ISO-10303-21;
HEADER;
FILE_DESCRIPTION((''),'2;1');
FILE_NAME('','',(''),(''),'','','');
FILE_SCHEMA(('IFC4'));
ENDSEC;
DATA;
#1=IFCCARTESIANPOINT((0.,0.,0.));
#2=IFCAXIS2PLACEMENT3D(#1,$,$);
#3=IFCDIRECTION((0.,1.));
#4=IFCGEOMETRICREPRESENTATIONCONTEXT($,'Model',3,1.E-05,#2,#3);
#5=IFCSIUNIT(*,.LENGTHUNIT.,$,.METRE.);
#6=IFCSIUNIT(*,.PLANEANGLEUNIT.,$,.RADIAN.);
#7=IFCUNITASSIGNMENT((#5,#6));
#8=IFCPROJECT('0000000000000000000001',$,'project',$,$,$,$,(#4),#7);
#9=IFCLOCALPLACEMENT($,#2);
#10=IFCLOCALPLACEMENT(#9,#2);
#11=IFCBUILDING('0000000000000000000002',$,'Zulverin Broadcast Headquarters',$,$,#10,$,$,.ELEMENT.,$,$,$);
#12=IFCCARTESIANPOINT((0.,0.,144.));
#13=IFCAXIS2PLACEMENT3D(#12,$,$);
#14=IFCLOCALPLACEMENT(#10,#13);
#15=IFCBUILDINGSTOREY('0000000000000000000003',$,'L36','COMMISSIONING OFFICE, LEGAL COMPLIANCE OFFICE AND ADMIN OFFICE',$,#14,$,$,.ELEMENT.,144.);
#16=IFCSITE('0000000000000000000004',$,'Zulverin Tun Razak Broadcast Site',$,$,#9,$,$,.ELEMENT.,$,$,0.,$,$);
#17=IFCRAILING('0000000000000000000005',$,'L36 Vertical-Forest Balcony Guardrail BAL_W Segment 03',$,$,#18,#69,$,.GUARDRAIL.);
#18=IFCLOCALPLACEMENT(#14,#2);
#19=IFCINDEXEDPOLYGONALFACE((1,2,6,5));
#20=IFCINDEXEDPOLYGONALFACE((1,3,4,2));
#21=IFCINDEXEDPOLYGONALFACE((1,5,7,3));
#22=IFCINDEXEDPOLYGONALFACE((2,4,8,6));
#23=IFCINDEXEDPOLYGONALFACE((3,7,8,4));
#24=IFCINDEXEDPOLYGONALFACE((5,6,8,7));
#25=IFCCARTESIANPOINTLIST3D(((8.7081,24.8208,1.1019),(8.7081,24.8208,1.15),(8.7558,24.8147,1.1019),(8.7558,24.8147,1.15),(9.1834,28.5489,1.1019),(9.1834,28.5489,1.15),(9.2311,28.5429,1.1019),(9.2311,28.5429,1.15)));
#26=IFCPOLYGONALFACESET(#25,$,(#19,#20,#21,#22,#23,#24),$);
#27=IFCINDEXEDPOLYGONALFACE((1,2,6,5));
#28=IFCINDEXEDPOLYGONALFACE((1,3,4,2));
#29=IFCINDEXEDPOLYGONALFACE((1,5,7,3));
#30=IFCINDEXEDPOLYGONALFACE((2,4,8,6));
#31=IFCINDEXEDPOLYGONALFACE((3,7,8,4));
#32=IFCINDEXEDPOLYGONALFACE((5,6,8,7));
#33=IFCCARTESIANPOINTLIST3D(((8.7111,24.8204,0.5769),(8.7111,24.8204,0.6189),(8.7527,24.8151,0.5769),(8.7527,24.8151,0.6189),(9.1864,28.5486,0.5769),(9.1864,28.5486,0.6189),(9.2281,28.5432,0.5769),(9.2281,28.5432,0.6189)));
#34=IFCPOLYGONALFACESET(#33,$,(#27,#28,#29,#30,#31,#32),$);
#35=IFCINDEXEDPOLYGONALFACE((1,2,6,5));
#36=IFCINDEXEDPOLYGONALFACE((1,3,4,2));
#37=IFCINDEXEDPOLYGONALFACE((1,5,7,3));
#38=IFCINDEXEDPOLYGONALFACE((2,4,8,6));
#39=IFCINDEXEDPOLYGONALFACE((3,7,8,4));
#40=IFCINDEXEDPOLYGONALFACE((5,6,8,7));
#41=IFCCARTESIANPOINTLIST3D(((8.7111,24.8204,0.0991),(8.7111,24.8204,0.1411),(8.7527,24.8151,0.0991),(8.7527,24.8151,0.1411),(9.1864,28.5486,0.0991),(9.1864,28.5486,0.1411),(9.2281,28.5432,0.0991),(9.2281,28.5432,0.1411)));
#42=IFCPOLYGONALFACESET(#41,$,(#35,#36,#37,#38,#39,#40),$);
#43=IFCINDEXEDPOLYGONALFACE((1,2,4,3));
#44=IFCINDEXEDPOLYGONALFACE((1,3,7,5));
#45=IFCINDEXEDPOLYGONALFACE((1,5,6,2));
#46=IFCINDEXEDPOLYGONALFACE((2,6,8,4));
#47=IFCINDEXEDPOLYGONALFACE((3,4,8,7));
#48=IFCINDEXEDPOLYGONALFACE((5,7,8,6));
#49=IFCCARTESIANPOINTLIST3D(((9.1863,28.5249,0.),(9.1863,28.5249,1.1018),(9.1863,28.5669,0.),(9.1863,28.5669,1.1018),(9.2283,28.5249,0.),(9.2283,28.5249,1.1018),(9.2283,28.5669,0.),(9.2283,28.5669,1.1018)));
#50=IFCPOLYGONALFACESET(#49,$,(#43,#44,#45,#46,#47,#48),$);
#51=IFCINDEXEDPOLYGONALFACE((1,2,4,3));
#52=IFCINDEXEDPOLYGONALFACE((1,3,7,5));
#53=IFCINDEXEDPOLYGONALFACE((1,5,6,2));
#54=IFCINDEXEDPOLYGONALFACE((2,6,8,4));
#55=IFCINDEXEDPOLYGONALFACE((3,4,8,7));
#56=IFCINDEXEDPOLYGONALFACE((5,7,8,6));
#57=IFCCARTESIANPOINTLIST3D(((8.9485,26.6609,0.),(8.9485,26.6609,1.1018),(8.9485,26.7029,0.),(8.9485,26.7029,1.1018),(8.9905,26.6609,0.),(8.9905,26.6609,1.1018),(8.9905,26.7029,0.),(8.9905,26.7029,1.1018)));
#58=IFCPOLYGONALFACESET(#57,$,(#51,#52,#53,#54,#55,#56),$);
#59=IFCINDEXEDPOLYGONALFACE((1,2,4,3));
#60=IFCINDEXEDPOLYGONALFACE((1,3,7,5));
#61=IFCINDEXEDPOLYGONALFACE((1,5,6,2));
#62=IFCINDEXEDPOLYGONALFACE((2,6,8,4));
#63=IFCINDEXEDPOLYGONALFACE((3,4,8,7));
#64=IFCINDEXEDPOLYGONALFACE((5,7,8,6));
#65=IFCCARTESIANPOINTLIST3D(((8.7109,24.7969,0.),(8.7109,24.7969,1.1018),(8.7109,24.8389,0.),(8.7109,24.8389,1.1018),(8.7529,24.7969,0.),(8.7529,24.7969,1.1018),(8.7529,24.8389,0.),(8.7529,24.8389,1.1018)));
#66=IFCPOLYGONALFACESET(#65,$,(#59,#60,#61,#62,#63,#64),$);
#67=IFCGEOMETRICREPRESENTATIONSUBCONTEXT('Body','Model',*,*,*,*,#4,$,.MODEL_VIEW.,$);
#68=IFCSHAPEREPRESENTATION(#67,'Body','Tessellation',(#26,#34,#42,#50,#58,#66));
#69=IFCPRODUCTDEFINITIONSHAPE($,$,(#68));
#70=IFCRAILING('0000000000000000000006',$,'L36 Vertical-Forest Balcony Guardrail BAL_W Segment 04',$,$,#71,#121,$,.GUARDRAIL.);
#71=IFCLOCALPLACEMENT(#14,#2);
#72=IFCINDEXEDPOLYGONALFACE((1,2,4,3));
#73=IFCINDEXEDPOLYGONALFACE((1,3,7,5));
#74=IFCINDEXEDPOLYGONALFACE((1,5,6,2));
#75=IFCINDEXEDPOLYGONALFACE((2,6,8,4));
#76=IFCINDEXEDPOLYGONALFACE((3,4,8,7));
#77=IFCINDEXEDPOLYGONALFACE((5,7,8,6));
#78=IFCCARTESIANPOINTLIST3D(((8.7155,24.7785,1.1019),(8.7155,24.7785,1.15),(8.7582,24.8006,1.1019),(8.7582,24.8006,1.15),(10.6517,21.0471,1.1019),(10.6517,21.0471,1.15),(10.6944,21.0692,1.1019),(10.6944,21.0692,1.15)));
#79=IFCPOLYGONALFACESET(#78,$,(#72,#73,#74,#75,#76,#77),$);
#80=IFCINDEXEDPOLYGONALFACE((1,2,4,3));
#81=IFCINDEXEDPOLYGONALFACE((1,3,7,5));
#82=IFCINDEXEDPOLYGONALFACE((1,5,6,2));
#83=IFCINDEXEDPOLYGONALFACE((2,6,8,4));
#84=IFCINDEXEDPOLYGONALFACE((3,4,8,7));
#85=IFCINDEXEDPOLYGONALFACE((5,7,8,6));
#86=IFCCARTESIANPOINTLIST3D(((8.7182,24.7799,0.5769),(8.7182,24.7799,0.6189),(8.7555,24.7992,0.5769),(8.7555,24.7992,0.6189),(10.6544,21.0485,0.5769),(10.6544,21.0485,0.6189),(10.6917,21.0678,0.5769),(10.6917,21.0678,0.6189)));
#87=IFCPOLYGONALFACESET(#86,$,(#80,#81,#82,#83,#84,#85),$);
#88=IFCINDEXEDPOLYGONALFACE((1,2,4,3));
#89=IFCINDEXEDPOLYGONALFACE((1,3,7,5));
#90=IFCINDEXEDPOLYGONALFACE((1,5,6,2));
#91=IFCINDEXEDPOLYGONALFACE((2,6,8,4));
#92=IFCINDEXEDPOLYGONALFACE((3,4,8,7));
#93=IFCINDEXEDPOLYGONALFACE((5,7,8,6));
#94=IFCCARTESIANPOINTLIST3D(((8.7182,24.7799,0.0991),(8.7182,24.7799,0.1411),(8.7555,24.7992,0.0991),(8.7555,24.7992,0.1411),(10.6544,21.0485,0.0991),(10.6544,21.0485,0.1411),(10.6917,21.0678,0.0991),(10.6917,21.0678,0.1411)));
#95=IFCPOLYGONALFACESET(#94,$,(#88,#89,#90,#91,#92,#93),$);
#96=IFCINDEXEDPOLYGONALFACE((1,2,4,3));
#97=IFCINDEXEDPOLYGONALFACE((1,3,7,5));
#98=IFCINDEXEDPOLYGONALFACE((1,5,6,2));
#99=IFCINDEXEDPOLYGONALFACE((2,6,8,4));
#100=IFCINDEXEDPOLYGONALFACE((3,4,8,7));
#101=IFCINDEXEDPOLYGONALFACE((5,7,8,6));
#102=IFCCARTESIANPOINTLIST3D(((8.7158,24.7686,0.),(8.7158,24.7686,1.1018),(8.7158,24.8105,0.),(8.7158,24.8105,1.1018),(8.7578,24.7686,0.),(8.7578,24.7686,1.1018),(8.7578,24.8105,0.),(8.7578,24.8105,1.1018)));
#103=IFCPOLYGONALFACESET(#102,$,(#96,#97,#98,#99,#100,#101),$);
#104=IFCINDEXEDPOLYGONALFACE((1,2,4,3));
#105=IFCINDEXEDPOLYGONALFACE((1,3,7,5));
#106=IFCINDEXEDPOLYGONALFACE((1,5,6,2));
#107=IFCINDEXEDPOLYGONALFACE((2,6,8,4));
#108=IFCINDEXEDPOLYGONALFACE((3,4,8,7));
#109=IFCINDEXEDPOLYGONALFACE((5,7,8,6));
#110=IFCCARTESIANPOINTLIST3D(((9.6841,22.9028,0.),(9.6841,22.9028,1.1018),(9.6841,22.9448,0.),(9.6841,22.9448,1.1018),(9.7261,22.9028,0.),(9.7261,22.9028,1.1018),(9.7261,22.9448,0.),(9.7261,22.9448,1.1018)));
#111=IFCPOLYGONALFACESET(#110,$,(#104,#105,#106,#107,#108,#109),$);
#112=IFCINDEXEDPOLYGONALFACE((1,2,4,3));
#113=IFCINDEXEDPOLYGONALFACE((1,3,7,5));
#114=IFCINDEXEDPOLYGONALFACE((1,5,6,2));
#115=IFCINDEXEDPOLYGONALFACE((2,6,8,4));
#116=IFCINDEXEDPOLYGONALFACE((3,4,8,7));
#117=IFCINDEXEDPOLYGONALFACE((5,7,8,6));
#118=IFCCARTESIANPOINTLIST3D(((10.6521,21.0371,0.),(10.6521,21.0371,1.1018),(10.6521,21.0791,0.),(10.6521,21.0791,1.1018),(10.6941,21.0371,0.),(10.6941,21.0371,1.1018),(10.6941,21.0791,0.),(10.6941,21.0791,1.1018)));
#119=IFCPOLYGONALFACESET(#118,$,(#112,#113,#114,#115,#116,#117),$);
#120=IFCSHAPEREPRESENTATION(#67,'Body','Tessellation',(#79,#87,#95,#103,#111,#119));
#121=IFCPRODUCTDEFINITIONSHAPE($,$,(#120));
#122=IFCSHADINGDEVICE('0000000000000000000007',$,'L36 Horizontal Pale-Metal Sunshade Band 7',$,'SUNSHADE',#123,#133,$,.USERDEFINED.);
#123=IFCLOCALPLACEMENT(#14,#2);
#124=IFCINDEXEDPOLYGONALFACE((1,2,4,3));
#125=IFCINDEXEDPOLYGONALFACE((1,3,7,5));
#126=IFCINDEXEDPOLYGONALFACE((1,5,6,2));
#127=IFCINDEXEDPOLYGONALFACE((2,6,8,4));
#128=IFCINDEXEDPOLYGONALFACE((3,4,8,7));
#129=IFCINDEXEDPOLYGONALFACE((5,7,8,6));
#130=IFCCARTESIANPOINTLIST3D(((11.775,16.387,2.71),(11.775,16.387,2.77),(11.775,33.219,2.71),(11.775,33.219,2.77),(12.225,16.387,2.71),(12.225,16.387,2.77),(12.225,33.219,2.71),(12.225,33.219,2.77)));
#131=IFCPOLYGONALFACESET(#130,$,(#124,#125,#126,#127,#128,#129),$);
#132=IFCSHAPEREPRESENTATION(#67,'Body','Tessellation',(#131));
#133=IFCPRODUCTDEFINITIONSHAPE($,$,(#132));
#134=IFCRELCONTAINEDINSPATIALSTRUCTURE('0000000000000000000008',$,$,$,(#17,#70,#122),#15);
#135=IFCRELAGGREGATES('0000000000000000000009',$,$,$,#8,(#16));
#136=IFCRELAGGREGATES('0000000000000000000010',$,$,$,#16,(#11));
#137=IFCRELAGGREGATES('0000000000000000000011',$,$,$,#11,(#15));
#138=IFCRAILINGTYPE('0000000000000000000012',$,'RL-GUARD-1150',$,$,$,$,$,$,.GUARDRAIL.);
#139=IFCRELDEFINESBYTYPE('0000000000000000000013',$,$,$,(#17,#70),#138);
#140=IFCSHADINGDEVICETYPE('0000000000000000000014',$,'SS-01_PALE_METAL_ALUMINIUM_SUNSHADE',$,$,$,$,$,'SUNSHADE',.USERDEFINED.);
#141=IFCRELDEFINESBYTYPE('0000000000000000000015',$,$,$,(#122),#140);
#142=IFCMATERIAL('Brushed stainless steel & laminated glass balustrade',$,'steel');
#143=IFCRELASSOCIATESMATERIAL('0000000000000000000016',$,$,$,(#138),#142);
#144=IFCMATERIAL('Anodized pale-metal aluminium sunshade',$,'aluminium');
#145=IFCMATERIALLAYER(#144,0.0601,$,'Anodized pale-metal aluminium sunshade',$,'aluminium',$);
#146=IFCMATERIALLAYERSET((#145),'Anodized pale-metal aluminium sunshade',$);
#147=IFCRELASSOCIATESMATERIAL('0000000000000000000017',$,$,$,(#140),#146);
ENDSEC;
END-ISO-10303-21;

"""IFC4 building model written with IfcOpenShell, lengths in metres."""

from ifc_helpers import new_model, si_unit, direction, frame, origin, origin_2d, place, context, subcontext, project, spatial, rectangle, extrude, material, layer, layer_set, type_object, element, save


model = new_model("IFC4")

# Units and contexts
model_context = context("Model", 3, precision=1e-05, world=origin(), true_north=direction((0.0, 1.0)))
body_context = subcontext(model_context, "Body", "Model", "MODEL_VIEW")
ifc_project = project(units=[si_unit("LENGTHUNIT", "METRE"), si_unit("PLANEANGLEUNIT", "RADIAN")], contexts=[model_context])

# Site, building, storey
site_placement = place(None, origin())
site = spatial("IfcSite", under=ifc_project, at=site_placement, Name="Zulverin Tun Razak Broadcast Site", CompositionType="ELEMENT", RefElevation=0.0)
building_placement = place(site_placement, origin())
building = spatial("IfcBuilding", under=site, at=building_placement, Name="Zulverin Broadcast Headquarters", CompositionType="ELEMENT")
storey_placement = place(building_placement, frame((0.0, 0.0, 144.0)))
storey = spatial("IfcBuildingStorey", under=building, at=storey_placement, Name="L36", Description="COMMISSIONING OFFICE, LEGAL COMPLIANCE OFFICE AND ADMIN OFFICE", CompositionType="ELEMENT", Elevation=144.0)

# Railings
ifc_material_1 = material(Name="Brushed stainless steel & laminated glass balustrade", Category="steel")
railing_type = type_object("IfcRailingType", Name="RL-GUARD-1150", PredefinedType="GUARDRAIL", material=ifc_material_1)
railing_1_placement = place(storey_placement, frame((9.2073, 28.5459, 0.0)))
element("IfcRailing", 1, at=railing_1_placement, inside=storey, type_object=railing_type, Name="L36 Vertical-Forest Balcony Guardrail BAL_W Segment 03", PredefinedType="GUARDRAIL", context=body_context, shape_type="SweptSolid", body=[
    extrude(rectangle(XDim=0.0481, YDim=0.0481, at=origin_2d()), frame((0.0, 0.0, 1.126), z_axis=(-0.126481, -0.991969, 0.0), x_axis=(0.991969, -0.126481, 0.0)), (0.0, 0.0, 1.0), 3.7583),
    extrude(rectangle(XDim=0.042, YDim=0.042, at=origin_2d()), frame((0.0, 0.0, 0.5979), z_axis=(-0.126481, -0.991969, 0.0), x_axis=(0.991969, -0.126481, 0.0)), (0.0, 0.0, 1.0), 3.7583),
    extrude(rectangle(XDim=0.042, YDim=0.042, at=origin_2d()), frame((0.0, 0.0, 0.1201), z_axis=(-0.126481, -0.991969, 0.0), x_axis=(0.991969, -0.126481, 0.0)), (0.0, 0.0, 1.0), 3.7583),
    extrude(rectangle(XDim=0.042, YDim=0.042, at=origin_2d()), origin(), (0.0, 0.0, 1.0), 1.1018),
    extrude(rectangle(XDim=0.042, YDim=0.042, at=origin_2d()), frame((-0.2378, -1.864, 0.0)), (0.0, 0.0, 1.0), 1.1018),
    extrude(rectangle(XDim=0.042, YDim=0.042, at=origin_2d()), frame((-0.4753, -3.728, 0.0)), (0.0, 0.0, 1.0), 1.1018),
])
railing_2_placement = place(storey_placement, frame((8.7368, 24.7896, 0.0)))
element("IfcRailing", 2, at=railing_2_placement, inside=storey, type_object=railing_type, Name="L36 Vertical-Forest Balcony Guardrail BAL_W Segment 04", PredefinedType="GUARDRAIL", context=body_context, shape_type="SweptSolid", body=[
    extrude(rectangle(XDim=0.0481, YDim=0.0481, at=origin_2d()), frame((0.0, 0.0, 1.126), z_axis=(0.46059, -0.887613, 0.0), x_axis=(0.887613, 0.46059, 0.0)), (0.0, 0.0, 1.0), 4.2039),
    extrude(rectangle(XDim=0.042, YDim=0.042, at=origin_2d()), frame((0.0, 0.0, 0.5979), z_axis=(0.46059, -0.887613, 0.0), x_axis=(0.887613, 0.46059, 0.0)), (0.0, 0.0, 1.0), 4.2039),
    extrude(rectangle(XDim=0.042, YDim=0.042, at=origin_2d()), frame((0.0, 0.0, 0.1201), z_axis=(0.46059, -0.887613, 0.0), x_axis=(0.887613, 0.46059, 0.0)), (0.0, 0.0, 1.0), 4.2039),
    extrude(rectangle(XDim=0.042, YDim=0.042, at=origin_2d()), origin(), (0.0, 0.0, 1.0), 1.1018),
    extrude(rectangle(XDim=0.042, YDim=0.042, at=origin_2d()), frame((0.9683, -1.8657, 0.0)), (0.0, 0.0, 1.0), 1.1018),
    extrude(rectangle(XDim=0.042, YDim=0.042, at=origin_2d()), frame((1.9363, -3.7314, 0.0)), (0.0, 0.0, 1.0), 1.1018),
])

# Shading device
ifc_material_2 = material(Name="Anodized pale-metal aluminium sunshade", Category="aluminium")
ifc_layer_1 = layer(ifc_material_2, 0.0601, Name="Anodized pale-metal aluminium sunshade", Category="aluminium")
ifc_layer_set_1 = layer_set([ifc_layer_1], Name="Anodized pale-metal aluminium sunshade")
shading_device_type = type_object("IfcShadingDeviceType", Name="SS-01_PALE_METAL_ALUMINIUM_SUNSHADE", ElementType="SUNSHADE", PredefinedType="USERDEFINED", material=ifc_layer_set_1)
shading_device_placement = place(storey_placement, frame((12.0, 24.803, 2.71), z_axis=(0.0, 0.0, 1.0), x_axis=(0.0, -1.0, 0.0)))
element("IfcShadingDevice", 3, at=shading_device_placement, inside=storey, type_object=shading_device_type, Name="L36 Horizontal Pale-Metal Sunshade Band 7", ObjectType="SUNSHADE", PredefinedType="USERDEFINED", context=body_context, shape_type="SweptSolid", body=[
    extrude(rectangle(XDim=16.832, YDim=0.45, at=origin_2d()), origin(), (0.0, 0.0, 1.0), 0.0601),
])

save(model, "model.ifc")
